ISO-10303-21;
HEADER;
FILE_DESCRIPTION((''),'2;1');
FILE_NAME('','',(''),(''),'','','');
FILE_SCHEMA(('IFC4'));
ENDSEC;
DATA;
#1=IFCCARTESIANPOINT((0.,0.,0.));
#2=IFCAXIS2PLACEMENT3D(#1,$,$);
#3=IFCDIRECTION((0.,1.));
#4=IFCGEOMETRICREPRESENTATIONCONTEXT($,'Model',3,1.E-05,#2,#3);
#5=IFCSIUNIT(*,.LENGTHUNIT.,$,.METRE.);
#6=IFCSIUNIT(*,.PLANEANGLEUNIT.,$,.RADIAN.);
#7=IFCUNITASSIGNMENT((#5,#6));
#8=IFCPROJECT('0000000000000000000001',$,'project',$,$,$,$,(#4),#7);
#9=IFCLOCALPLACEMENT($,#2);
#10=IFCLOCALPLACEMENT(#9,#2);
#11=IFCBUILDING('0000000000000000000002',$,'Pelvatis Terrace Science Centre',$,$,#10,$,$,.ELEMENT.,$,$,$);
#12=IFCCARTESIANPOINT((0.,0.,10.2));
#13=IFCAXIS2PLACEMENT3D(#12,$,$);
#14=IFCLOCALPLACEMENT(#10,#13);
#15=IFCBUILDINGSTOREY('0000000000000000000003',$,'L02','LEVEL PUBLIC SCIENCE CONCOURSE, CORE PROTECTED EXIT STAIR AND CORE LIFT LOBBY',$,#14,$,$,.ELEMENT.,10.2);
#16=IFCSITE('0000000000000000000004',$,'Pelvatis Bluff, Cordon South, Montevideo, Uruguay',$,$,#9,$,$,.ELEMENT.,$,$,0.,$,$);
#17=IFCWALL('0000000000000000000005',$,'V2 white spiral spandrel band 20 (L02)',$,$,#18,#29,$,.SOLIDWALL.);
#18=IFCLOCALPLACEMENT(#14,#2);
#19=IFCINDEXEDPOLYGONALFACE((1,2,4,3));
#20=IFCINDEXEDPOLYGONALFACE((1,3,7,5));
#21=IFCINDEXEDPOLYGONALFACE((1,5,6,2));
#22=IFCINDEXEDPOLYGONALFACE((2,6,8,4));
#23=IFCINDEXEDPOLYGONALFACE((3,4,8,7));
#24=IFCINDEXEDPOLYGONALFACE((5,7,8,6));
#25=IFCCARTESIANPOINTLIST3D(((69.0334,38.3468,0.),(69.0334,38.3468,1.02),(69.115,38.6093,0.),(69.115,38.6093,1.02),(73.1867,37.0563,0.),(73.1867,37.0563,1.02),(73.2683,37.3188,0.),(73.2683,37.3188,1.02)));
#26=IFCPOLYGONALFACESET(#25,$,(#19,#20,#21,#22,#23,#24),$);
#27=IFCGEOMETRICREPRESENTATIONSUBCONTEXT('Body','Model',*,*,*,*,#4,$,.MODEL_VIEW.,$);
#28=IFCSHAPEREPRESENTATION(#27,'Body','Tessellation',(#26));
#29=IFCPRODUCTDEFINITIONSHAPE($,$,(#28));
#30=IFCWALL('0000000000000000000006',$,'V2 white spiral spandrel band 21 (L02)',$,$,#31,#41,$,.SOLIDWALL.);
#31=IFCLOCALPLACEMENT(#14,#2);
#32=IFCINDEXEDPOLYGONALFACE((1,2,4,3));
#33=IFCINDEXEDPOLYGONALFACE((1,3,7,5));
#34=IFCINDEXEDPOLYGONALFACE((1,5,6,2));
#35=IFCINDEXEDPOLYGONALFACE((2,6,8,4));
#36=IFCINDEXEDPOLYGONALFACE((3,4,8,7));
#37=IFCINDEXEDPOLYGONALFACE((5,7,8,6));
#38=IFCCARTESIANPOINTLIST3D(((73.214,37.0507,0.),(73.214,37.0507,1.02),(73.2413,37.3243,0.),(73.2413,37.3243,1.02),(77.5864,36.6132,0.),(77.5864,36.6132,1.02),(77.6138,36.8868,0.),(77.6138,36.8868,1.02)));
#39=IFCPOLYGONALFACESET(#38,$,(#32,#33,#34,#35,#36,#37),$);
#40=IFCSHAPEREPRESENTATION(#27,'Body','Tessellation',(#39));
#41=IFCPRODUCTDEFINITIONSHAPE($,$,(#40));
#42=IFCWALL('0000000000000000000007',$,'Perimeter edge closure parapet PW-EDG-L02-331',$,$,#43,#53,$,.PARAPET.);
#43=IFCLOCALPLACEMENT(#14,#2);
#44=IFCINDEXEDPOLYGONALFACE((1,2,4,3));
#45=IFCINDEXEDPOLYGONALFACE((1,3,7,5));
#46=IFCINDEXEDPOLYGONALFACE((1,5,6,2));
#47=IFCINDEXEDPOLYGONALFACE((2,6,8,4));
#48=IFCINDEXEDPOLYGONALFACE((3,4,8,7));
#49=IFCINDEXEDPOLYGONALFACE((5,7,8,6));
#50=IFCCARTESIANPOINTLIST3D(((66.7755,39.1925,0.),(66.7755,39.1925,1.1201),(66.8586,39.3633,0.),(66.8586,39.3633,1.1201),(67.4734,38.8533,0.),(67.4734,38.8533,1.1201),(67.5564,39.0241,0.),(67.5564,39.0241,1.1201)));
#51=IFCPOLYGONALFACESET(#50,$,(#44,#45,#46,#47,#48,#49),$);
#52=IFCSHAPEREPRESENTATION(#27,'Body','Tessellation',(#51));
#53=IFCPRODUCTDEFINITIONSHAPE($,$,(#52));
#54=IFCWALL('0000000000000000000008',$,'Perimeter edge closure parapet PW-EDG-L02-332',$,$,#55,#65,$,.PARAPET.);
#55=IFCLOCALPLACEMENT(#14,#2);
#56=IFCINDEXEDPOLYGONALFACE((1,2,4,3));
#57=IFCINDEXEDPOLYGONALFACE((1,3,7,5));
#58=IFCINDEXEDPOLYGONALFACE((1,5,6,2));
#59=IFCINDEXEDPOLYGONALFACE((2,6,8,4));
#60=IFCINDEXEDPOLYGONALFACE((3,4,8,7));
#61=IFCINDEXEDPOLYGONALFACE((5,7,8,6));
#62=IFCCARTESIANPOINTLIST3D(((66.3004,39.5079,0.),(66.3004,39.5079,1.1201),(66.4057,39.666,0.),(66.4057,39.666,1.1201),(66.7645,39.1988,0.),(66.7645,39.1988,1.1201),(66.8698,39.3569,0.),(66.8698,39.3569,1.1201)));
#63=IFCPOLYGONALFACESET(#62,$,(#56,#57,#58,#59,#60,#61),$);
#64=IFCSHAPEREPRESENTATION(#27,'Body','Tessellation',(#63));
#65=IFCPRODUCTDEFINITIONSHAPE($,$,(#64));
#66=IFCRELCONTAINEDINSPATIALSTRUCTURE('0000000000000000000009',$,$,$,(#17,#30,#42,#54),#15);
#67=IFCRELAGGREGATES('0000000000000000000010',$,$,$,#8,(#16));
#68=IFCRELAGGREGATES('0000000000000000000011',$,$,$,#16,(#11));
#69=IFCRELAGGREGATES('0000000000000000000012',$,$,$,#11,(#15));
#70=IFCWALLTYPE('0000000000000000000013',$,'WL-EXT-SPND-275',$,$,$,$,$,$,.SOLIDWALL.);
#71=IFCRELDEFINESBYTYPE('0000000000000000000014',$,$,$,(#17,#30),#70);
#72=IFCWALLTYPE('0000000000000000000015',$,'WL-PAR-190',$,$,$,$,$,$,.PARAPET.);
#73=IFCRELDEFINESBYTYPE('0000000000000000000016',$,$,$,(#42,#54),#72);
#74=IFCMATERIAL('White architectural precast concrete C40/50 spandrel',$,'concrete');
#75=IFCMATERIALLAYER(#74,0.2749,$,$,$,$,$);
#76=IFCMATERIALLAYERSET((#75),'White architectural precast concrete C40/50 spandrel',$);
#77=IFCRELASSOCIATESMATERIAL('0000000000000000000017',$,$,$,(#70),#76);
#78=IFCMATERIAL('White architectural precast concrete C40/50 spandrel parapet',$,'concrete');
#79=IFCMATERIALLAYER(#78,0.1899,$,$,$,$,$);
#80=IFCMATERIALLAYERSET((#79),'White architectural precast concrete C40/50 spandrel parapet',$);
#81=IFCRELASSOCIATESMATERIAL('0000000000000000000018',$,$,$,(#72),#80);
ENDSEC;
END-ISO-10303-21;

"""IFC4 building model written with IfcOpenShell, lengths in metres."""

from ifc_helpers import new_model, si_unit, direction, frame, frame_2d, origin, place, context, subcontext, project, spatial, rectangle, extrude, material, layer, layer_set, type_object, element, save


model = new_model("IFC4")

# Units and contexts
model_context = context("Model", 3, precision=1e-05, world=origin(), true_north=direction((0.0, 1.0)))
body_context = subcontext(model_context, "Body", "Model", "MODEL_VIEW")
ifc_project = project(units=[si_unit("LENGTHUNIT", "METRE"), si_unit("PLANEANGLEUNIT", "RADIAN")], contexts=[model_context])

# Site, building, storey
site_placement = place(None, origin())
site = spatial("IfcSite", under=ifc_project, at=site_placement, Name="Pelvatis Bluff, Cordon South, Montevideo, Uruguay", CompositionType="ELEMENT", RefElevation=0.0)
building_placement = place(site_placement, origin())
building = spatial("IfcBuilding", under=site, at=building_placement, Name="Pelvatis Terrace Science Centre", CompositionType="ELEMENT")
storey_placement = place(building_placement, frame((0.0, 0.0, 10.2)))
storey = spatial("IfcBuildingStorey", under=building, at=storey_placement, Name="L02", Description="LEVEL PUBLIC SCIENCE CONCOURSE, CORE PROTECTED EXIT STAIR AND CORE LIFT LOBBY", CompositionType="ELEMENT", Elevation=10.2)

# Walls
ifc_material_1 = material(Name="White architectural precast concrete C40/50 spandrel", Category="concrete")
ifc_layer_1 = layer(ifc_material_1, 0.2749)
ifc_layer_set_1 = layer_set([ifc_layer_1], Name="White architectural precast concrete C40/50 spandrel")
wall_type_1 = type_object("IfcWallType", Name="WL-EXT-SPND-275", PredefinedType="SOLIDWALL", material=ifc_layer_set_1)
wall_1_placement = place(storey_placement, frame((69.0742, 38.478, 0.0), z_axis=(0.0, 0.0, 1.0), x_axis=(0.954962, -0.296728, 0.0)))
element("IfcWall", 1, at=wall_1_placement, inside=storey, type_object=wall_type_1, Name="V2 white spiral spandrel band 20 (L02)", PredefinedType="SOLIDWALL", context=body_context, shape_type="SweptSolid", body=[
    extrude(rectangle(XDim=4.3491, YDim=0.2749, at=frame_2d((2.1746, 0.0))), origin(), (0.0, 0.0, 1.0), 1.02),
])
wall_2_placement = place(storey_placement, frame((73.2275, 37.1875, 0.0), z_axis=(0.0, 0.0, 1.0), x_axis=(0.995032, -0.099559, 0.0)))
element("IfcWall", 2, at=wall_2_placement, inside=storey, type_object=wall_type_1, Name="V2 white spiral spandrel band 21 (L02)", PredefinedType="SOLIDWALL", context=body_context, shape_type="SweptSolid", body=[
    extrude(rectangle(XDim=4.3943, YDim=0.2749, at=frame_2d((2.1973, 0.0))), origin(), (0.0, 0.0, 1.0), 1.02),
])
ifc_material_2 = material(Name="White architectural precast concrete C40/50 spandrel parapet", Category="concrete")
ifc_layer_2 = layer(ifc_material_2, 0.1899)
ifc_layer_set_2 = layer_set([ifc_layer_2], Name="White architectural precast concrete C40/50 spandrel parapet")
wall_type_2 = type_object("IfcWallType", Name="WL-PAR-190", PredefinedType="PARAPET", material=ifc_layer_set_2)
wall_3_placement = place(storey_placement, frame((67.5149, 38.9387, 0.0), z_axis=(0.0, 0.0, 1.0), x_axis=(-0.899406, 0.437115, 0.0)))
element("IfcWall", 3, at=wall_3_placement, inside=storey, type_object=wall_type_2, Name="Perimeter edge closure parapet PW-EDG-L02-331", PredefinedType="PARAPET", context=body_context, shape_type="SweptSolid", body=[
    extrude(rectangle(XDim=0.7759, YDim=0.1899, at=frame_2d((0.3879, 0.0))), origin(), (0.0, 0.0, 1.0), 1.1201),
])
wall_4_placement = place(storey_placement, frame((66.8171, 39.2778, 0.0), z_axis=(0.0, 0.0, 1.0), x_axis=(-0.83232, 0.554296, 0.0)))
element("IfcWall", 4, at=wall_4_placement, inside=storey, type_object=wall_type_2, Name="Perimeter edge closure parapet PW-EDG-L02-332", PredefinedType="PARAPET", context=body_context, shape_type="SweptSolid", body=[
    extrude(rectangle(XDim=0.5576, YDim=0.1899, at=frame_2d((0.2788, 0.0))), origin(), (0.0, 0.0, 1.0), 1.1201),
])

save(model, "model.ifc")
